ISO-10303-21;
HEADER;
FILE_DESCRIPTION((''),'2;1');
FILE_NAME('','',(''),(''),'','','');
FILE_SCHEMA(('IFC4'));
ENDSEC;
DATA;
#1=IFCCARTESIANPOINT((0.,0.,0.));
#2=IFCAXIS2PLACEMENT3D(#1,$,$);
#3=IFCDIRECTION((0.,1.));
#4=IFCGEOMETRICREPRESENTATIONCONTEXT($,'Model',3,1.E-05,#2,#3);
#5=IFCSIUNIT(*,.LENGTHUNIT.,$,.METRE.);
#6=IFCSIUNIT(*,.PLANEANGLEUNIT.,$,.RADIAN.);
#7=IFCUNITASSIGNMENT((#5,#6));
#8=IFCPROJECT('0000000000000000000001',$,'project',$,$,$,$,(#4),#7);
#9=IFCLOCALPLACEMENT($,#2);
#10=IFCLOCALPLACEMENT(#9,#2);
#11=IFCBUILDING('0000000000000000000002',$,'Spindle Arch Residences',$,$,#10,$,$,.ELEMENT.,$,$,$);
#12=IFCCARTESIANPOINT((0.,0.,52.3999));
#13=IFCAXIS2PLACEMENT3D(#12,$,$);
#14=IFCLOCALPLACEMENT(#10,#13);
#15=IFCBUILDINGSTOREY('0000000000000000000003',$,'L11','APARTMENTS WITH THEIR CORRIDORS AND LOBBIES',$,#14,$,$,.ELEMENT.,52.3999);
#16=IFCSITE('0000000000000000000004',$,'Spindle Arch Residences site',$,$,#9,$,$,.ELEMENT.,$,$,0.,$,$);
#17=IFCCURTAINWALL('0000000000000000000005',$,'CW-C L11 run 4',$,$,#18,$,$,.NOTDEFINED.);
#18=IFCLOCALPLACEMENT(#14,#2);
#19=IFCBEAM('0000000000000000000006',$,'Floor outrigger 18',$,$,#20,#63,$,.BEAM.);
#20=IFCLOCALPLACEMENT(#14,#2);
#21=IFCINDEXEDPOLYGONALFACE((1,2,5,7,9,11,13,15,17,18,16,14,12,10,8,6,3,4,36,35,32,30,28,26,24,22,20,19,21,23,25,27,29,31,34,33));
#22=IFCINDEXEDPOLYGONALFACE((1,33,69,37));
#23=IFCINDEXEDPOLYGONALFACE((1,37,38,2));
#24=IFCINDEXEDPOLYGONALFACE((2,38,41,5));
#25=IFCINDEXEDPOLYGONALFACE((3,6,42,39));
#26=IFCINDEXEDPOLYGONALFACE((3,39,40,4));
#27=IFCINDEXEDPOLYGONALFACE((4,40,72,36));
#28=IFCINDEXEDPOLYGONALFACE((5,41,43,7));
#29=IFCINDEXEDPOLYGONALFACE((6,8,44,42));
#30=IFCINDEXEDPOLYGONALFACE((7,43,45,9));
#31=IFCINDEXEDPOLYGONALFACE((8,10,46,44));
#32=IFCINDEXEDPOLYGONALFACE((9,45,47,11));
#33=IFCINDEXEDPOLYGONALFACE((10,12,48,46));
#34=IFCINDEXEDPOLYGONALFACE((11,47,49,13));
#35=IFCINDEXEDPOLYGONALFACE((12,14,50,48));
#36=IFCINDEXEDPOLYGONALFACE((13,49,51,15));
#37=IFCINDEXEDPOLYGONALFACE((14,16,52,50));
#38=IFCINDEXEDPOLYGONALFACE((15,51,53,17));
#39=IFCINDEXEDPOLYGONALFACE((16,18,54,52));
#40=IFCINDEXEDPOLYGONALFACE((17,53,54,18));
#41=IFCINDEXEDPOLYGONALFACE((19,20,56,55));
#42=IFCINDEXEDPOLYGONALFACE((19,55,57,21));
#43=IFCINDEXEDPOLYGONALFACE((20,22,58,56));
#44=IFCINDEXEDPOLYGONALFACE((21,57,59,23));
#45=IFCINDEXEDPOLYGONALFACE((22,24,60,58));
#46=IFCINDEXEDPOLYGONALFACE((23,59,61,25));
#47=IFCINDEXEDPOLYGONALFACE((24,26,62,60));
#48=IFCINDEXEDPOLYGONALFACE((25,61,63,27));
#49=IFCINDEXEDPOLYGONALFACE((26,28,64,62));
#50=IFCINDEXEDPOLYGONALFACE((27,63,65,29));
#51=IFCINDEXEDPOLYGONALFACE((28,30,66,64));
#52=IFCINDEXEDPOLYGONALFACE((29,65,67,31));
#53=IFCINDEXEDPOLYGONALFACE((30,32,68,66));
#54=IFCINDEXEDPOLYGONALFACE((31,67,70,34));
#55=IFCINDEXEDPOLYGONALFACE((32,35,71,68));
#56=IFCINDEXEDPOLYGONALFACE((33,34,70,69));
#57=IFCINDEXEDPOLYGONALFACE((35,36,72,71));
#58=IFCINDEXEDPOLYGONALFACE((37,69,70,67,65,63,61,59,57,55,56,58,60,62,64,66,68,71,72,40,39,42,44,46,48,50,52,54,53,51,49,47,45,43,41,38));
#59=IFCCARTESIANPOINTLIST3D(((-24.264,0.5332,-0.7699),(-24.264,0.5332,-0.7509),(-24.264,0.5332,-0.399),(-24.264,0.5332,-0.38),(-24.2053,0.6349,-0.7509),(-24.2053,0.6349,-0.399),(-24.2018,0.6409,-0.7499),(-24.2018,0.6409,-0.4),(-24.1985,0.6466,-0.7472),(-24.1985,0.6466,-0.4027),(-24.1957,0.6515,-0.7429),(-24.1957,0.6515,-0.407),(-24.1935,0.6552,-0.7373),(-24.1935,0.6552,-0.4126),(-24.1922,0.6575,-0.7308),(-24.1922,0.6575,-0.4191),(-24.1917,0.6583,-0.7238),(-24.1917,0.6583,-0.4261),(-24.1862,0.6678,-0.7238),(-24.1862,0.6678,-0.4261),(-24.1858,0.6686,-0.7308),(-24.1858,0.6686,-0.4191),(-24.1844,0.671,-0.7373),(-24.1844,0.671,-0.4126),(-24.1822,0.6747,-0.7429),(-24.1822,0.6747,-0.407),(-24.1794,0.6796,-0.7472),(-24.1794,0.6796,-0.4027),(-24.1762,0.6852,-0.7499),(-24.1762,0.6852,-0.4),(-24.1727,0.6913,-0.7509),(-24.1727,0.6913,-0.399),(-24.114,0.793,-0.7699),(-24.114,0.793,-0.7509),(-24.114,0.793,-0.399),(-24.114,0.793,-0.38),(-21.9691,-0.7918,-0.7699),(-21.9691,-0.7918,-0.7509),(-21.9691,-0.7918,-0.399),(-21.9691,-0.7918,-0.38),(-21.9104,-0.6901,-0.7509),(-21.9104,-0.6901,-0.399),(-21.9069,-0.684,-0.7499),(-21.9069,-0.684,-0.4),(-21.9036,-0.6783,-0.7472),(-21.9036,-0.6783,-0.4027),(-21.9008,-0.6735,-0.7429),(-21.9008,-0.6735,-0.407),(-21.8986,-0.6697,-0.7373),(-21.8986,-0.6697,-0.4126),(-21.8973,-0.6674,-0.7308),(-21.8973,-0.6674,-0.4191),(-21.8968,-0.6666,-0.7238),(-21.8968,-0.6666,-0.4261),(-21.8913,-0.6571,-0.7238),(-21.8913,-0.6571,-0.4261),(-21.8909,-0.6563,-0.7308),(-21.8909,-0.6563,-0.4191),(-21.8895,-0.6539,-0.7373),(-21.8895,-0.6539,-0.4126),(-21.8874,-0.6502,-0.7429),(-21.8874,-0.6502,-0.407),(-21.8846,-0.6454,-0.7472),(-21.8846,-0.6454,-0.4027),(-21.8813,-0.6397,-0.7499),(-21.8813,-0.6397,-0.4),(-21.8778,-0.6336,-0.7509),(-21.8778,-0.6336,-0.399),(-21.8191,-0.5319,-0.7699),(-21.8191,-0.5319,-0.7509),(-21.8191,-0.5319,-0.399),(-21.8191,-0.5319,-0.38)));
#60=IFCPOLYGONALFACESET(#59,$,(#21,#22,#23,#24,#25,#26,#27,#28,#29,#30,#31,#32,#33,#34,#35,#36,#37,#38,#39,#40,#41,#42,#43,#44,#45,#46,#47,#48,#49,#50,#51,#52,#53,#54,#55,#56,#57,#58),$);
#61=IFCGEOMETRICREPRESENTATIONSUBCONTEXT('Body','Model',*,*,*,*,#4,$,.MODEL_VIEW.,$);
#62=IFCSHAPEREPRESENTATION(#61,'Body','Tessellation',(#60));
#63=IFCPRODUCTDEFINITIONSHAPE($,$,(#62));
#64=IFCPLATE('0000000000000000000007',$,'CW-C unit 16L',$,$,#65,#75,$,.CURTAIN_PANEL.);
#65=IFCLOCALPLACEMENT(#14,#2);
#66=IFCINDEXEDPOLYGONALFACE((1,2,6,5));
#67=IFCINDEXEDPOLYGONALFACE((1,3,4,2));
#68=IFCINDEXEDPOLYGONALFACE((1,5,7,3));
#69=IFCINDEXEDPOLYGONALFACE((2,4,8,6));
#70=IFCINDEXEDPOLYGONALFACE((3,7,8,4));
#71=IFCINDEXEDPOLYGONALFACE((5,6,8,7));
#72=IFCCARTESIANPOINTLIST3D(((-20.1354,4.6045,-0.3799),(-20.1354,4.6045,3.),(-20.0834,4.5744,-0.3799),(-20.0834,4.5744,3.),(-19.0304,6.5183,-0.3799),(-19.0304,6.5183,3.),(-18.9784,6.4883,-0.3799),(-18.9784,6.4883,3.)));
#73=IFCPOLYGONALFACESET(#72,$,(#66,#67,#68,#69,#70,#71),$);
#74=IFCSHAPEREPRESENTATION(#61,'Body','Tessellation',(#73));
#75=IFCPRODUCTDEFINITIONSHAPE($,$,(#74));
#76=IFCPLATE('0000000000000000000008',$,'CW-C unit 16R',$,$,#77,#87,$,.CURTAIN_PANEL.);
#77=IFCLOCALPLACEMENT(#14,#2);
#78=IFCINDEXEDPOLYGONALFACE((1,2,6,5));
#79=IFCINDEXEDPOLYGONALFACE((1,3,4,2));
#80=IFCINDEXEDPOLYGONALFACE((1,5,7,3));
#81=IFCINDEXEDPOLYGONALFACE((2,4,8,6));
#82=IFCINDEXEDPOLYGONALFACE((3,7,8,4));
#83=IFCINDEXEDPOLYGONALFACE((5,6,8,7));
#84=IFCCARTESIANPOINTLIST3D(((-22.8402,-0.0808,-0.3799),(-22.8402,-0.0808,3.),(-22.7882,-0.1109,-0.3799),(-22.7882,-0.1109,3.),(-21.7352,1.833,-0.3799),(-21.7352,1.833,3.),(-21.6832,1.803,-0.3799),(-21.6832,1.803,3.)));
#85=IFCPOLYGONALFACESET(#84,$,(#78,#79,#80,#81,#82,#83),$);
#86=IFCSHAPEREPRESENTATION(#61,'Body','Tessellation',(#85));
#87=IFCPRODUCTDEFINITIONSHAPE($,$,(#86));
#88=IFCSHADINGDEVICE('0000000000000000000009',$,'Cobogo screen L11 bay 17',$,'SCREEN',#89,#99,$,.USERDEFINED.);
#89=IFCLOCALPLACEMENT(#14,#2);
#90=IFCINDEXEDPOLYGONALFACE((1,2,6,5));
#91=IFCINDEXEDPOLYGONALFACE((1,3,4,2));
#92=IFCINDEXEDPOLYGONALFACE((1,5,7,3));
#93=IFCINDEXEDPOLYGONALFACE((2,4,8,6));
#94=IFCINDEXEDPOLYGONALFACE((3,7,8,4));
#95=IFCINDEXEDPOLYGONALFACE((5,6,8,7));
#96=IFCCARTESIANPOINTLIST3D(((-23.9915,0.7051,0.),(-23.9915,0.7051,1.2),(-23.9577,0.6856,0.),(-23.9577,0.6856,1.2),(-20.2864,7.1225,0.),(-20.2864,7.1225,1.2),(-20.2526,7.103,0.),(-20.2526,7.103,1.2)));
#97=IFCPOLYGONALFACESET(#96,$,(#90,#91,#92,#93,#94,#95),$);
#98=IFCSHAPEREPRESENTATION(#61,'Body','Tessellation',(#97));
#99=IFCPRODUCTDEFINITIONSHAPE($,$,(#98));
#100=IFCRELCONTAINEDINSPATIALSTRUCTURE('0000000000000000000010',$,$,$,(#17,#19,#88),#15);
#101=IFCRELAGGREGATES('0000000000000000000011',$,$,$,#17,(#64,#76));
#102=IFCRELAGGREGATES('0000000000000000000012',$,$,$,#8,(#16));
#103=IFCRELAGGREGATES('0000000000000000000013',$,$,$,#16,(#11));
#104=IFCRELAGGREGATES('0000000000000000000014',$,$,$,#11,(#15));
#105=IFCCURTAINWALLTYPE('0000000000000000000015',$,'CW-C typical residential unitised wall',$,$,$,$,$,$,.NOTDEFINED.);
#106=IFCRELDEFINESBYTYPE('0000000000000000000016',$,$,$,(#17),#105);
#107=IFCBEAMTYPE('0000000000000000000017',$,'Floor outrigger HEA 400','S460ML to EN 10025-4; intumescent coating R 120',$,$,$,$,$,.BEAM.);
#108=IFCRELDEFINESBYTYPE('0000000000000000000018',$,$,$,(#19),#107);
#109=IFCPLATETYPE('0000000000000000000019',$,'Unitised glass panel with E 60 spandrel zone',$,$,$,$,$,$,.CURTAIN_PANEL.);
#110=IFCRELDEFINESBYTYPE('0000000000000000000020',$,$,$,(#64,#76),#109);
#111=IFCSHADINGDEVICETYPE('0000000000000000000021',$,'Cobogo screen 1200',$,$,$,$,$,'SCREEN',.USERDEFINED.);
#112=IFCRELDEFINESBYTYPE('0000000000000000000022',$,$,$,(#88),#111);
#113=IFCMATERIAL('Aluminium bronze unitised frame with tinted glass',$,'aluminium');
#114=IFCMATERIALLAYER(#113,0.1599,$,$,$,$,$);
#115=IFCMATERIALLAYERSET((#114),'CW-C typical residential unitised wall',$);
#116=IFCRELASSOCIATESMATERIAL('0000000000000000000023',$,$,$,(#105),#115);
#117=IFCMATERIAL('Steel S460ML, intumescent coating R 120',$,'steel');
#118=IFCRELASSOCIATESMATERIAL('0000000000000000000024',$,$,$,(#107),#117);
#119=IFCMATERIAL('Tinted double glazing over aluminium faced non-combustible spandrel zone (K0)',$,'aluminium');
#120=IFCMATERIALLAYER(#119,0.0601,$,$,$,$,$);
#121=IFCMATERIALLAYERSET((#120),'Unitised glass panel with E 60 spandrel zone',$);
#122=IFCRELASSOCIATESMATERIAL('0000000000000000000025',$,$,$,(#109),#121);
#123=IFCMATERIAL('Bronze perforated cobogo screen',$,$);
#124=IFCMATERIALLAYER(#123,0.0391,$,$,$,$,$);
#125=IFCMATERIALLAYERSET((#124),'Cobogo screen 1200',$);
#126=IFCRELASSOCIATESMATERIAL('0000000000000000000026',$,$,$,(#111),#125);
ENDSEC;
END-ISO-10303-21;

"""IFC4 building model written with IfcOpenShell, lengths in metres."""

from ifc_helpers import new_model, si_unit, direction, frame, origin, origin_2d, place, context, subcontext, project, spatial, rectangle, i_section, extrude, material, layer, layer_set, material_profile, profile_set, type_object, element, aggregate, save


model = new_model("IFC4")

# Units and contexts
model_context = context("Model", 3, precision=1e-05, world=origin(), true_north=direction((0.0, 1.0)))
body_context = subcontext(model_context, "Body", "Model", "MODEL_VIEW")
ifc_project = project(units=[si_unit("LENGTHUNIT", "METRE"), si_unit("PLANEANGLEUNIT", "RADIAN")], contexts=[model_context])

# Site, building, storey
site_placement = place(None, origin())
site = spatial("IfcSite", under=ifc_project, at=site_placement, Name="Spindle Arch Residences site", CompositionType="ELEMENT", RefElevation=0.0)
building_placement = place(site_placement, origin())
building = spatial("IfcBuilding", under=site, at=building_placement, Name="Spindle Arch Residences", CompositionType="ELEMENT")
storey_placement = place(building_placement, frame((0.0, 0.0, 52.3999)))
storey = spatial("IfcBuildingStorey", under=building, at=storey_placement, Name="L11", Description="APARTMENTS WITH THEIR CORRIDORS AND LOBBIES", CompositionType="ELEMENT", Elevation=52.3999)

# Curtain wall
ifc_material_1 = material(Name="Aluminium bronze unitised frame with tinted glass", Category="aluminium")
ifc_layer_1 = layer(ifc_material_1, 0.1599)
ifc_layer_set_1 = layer_set([ifc_layer_1], Name="CW-C typical residential unitised wall")
curtain_wall_type = type_object("IfcCurtainWallType", Name="CW-C typical residential unitised wall", PredefinedType="NOTDEFINED", material=ifc_layer_set_1)
curtain_wall_placement = place(storey_placement, origin())
curtain_wall = element("IfcCurtainWall", 1, at=curtain_wall_placement, inside=storey, type_object=curtain_wall_type, Name="CW-C L11 run 4", PredefinedType="NOTDEFINED")

# Beam
ifc_material_2 = material(Name="Steel S460ML, intumescent coating R 120", Category="steel")
ifc_material_profile_1 = material_profile(ifc_material_2, i_section(OverallWidth=0.3, OverallDepth=0.3899, WebThickness=0.011, FlangeThickness=0.019, FilletRadius=0.0271, at=origin_2d()), Name="HEA 400")
ifc_profile_set_1 = profile_set([ifc_material_profile_1], Name="Steel S460ML, intumescent coating R 120")
beam_type_1 = type_object("IfcBeamType", Name="Floor outrigger HEA 400", Description="S460ML to EN 10025-4; intumescent coating R 120", PredefinedType="BEAM", material=ifc_profile_set_1)
beam_1_placement = place(storey_placement, frame((-24.189, 0.6631, -0.575), z_axis=(0.866029, -0.499994, 0.0), x_axis=(0.499994, 0.866029, 0.0)))
element("IfcBeam", 2, at=beam_1_placement, inside=storey, type_object=beam_type_1, Name="Floor outrigger 18", PredefinedType="BEAM", context=body_context, shape_type="SweptSolid", body=[
    extrude(i_section(OverallWidth=0.3, OverallDepth=0.3899, WebThickness=0.011, FlangeThickness=0.019, FilletRadius=0.0271, at=origin_2d()), origin(), (0.0, 0.0, 1.0), 2.6499),
])

# Plates
ifc_material_3 = material(Name="Tinted double glazing over aluminium faced non-combustible spandrel zone (K0)", Category="aluminium")
ifc_layer_2 = layer(ifc_material_3, 0.0601)
ifc_layer_set_2 = layer_set([ifc_layer_2], Name="Unitised glass panel with E 60 spandrel zone")
plate_type = type_object("IfcPlateType", Name="Unitised glass panel with E 60 spandrel zone", PredefinedType="CURTAIN_PANEL", material=ifc_layer_set_2)
plate_1_placement = place(storey_placement, frame((-19.5569, 5.5464, -0.3799), z_axis=(0.0, 0.0, 1.0), x_axis=(-0.5, -0.866025, 0.0)))
plate_1 = element("IfcPlate", 3, at=plate_1_placement, type_object=plate_type, Name="CW-C unit 16L", PredefinedType="CURTAIN_PANEL", context=body_context, shape_type="SweptSolid", body=[
    extrude(rectangle(XDim=2.21, YDim=0.0601, at=origin_2d()), origin(), (0.0, 0.0, 1.0), 3.3799),
])
plate_2_placement = place(storey_placement, frame((-22.2617, 0.8611, -0.3799), z_axis=(0.0, 0.0, 1.0), x_axis=(-0.5, -0.866025, 0.0)))
plate_2 = element("IfcPlate", 4, at=plate_2_placement, type_object=plate_type, Name="CW-C unit 16R", PredefinedType="CURTAIN_PANEL", context=body_context, shape_type="SweptSolid", body=[
    extrude(rectangle(XDim=2.21, YDim=0.0601, at=origin_2d()), origin(), (0.0, 0.0, 1.0), 3.3799),
])
aggregate(curtain_wall, [plate_1, plate_2])

# Shading device
ifc_material_4 = material(Name="Bronze perforated cobogo screen")
ifc_layer_3 = layer(ifc_material_4, 0.0391)
ifc_layer_set_3 = layer_set([ifc_layer_3], Name="Cobogo screen 1200")
shading_device_type = type_object("IfcShadingDeviceType", Name="Cobogo screen 1200", ElementType="SCREEN", PredefinedType="USERDEFINED", material=ifc_layer_set_3)
shading_device_placement = place(storey_placement, frame((-22.1221, 3.9041, 0.0), z_axis=(0.0, 0.0, 1.0), x_axis=(-0.5, -0.866025, 0.0)))
element("IfcShadingDevice", 5, at=shading_device_placement, inside=storey, type_object=shading_device_type, Name="Cobogo screen L11 bay 17", ObjectType="SCREEN", PredefinedType="USERDEFINED", context=body_context, shape_type="SweptSolid", body=[
    extrude(rectangle(XDim=7.4102, YDim=0.0391, at=origin_2d()), origin(), (0.0, 0.0, 1.0), 1.2),
])

save(model, "model.ifc")
